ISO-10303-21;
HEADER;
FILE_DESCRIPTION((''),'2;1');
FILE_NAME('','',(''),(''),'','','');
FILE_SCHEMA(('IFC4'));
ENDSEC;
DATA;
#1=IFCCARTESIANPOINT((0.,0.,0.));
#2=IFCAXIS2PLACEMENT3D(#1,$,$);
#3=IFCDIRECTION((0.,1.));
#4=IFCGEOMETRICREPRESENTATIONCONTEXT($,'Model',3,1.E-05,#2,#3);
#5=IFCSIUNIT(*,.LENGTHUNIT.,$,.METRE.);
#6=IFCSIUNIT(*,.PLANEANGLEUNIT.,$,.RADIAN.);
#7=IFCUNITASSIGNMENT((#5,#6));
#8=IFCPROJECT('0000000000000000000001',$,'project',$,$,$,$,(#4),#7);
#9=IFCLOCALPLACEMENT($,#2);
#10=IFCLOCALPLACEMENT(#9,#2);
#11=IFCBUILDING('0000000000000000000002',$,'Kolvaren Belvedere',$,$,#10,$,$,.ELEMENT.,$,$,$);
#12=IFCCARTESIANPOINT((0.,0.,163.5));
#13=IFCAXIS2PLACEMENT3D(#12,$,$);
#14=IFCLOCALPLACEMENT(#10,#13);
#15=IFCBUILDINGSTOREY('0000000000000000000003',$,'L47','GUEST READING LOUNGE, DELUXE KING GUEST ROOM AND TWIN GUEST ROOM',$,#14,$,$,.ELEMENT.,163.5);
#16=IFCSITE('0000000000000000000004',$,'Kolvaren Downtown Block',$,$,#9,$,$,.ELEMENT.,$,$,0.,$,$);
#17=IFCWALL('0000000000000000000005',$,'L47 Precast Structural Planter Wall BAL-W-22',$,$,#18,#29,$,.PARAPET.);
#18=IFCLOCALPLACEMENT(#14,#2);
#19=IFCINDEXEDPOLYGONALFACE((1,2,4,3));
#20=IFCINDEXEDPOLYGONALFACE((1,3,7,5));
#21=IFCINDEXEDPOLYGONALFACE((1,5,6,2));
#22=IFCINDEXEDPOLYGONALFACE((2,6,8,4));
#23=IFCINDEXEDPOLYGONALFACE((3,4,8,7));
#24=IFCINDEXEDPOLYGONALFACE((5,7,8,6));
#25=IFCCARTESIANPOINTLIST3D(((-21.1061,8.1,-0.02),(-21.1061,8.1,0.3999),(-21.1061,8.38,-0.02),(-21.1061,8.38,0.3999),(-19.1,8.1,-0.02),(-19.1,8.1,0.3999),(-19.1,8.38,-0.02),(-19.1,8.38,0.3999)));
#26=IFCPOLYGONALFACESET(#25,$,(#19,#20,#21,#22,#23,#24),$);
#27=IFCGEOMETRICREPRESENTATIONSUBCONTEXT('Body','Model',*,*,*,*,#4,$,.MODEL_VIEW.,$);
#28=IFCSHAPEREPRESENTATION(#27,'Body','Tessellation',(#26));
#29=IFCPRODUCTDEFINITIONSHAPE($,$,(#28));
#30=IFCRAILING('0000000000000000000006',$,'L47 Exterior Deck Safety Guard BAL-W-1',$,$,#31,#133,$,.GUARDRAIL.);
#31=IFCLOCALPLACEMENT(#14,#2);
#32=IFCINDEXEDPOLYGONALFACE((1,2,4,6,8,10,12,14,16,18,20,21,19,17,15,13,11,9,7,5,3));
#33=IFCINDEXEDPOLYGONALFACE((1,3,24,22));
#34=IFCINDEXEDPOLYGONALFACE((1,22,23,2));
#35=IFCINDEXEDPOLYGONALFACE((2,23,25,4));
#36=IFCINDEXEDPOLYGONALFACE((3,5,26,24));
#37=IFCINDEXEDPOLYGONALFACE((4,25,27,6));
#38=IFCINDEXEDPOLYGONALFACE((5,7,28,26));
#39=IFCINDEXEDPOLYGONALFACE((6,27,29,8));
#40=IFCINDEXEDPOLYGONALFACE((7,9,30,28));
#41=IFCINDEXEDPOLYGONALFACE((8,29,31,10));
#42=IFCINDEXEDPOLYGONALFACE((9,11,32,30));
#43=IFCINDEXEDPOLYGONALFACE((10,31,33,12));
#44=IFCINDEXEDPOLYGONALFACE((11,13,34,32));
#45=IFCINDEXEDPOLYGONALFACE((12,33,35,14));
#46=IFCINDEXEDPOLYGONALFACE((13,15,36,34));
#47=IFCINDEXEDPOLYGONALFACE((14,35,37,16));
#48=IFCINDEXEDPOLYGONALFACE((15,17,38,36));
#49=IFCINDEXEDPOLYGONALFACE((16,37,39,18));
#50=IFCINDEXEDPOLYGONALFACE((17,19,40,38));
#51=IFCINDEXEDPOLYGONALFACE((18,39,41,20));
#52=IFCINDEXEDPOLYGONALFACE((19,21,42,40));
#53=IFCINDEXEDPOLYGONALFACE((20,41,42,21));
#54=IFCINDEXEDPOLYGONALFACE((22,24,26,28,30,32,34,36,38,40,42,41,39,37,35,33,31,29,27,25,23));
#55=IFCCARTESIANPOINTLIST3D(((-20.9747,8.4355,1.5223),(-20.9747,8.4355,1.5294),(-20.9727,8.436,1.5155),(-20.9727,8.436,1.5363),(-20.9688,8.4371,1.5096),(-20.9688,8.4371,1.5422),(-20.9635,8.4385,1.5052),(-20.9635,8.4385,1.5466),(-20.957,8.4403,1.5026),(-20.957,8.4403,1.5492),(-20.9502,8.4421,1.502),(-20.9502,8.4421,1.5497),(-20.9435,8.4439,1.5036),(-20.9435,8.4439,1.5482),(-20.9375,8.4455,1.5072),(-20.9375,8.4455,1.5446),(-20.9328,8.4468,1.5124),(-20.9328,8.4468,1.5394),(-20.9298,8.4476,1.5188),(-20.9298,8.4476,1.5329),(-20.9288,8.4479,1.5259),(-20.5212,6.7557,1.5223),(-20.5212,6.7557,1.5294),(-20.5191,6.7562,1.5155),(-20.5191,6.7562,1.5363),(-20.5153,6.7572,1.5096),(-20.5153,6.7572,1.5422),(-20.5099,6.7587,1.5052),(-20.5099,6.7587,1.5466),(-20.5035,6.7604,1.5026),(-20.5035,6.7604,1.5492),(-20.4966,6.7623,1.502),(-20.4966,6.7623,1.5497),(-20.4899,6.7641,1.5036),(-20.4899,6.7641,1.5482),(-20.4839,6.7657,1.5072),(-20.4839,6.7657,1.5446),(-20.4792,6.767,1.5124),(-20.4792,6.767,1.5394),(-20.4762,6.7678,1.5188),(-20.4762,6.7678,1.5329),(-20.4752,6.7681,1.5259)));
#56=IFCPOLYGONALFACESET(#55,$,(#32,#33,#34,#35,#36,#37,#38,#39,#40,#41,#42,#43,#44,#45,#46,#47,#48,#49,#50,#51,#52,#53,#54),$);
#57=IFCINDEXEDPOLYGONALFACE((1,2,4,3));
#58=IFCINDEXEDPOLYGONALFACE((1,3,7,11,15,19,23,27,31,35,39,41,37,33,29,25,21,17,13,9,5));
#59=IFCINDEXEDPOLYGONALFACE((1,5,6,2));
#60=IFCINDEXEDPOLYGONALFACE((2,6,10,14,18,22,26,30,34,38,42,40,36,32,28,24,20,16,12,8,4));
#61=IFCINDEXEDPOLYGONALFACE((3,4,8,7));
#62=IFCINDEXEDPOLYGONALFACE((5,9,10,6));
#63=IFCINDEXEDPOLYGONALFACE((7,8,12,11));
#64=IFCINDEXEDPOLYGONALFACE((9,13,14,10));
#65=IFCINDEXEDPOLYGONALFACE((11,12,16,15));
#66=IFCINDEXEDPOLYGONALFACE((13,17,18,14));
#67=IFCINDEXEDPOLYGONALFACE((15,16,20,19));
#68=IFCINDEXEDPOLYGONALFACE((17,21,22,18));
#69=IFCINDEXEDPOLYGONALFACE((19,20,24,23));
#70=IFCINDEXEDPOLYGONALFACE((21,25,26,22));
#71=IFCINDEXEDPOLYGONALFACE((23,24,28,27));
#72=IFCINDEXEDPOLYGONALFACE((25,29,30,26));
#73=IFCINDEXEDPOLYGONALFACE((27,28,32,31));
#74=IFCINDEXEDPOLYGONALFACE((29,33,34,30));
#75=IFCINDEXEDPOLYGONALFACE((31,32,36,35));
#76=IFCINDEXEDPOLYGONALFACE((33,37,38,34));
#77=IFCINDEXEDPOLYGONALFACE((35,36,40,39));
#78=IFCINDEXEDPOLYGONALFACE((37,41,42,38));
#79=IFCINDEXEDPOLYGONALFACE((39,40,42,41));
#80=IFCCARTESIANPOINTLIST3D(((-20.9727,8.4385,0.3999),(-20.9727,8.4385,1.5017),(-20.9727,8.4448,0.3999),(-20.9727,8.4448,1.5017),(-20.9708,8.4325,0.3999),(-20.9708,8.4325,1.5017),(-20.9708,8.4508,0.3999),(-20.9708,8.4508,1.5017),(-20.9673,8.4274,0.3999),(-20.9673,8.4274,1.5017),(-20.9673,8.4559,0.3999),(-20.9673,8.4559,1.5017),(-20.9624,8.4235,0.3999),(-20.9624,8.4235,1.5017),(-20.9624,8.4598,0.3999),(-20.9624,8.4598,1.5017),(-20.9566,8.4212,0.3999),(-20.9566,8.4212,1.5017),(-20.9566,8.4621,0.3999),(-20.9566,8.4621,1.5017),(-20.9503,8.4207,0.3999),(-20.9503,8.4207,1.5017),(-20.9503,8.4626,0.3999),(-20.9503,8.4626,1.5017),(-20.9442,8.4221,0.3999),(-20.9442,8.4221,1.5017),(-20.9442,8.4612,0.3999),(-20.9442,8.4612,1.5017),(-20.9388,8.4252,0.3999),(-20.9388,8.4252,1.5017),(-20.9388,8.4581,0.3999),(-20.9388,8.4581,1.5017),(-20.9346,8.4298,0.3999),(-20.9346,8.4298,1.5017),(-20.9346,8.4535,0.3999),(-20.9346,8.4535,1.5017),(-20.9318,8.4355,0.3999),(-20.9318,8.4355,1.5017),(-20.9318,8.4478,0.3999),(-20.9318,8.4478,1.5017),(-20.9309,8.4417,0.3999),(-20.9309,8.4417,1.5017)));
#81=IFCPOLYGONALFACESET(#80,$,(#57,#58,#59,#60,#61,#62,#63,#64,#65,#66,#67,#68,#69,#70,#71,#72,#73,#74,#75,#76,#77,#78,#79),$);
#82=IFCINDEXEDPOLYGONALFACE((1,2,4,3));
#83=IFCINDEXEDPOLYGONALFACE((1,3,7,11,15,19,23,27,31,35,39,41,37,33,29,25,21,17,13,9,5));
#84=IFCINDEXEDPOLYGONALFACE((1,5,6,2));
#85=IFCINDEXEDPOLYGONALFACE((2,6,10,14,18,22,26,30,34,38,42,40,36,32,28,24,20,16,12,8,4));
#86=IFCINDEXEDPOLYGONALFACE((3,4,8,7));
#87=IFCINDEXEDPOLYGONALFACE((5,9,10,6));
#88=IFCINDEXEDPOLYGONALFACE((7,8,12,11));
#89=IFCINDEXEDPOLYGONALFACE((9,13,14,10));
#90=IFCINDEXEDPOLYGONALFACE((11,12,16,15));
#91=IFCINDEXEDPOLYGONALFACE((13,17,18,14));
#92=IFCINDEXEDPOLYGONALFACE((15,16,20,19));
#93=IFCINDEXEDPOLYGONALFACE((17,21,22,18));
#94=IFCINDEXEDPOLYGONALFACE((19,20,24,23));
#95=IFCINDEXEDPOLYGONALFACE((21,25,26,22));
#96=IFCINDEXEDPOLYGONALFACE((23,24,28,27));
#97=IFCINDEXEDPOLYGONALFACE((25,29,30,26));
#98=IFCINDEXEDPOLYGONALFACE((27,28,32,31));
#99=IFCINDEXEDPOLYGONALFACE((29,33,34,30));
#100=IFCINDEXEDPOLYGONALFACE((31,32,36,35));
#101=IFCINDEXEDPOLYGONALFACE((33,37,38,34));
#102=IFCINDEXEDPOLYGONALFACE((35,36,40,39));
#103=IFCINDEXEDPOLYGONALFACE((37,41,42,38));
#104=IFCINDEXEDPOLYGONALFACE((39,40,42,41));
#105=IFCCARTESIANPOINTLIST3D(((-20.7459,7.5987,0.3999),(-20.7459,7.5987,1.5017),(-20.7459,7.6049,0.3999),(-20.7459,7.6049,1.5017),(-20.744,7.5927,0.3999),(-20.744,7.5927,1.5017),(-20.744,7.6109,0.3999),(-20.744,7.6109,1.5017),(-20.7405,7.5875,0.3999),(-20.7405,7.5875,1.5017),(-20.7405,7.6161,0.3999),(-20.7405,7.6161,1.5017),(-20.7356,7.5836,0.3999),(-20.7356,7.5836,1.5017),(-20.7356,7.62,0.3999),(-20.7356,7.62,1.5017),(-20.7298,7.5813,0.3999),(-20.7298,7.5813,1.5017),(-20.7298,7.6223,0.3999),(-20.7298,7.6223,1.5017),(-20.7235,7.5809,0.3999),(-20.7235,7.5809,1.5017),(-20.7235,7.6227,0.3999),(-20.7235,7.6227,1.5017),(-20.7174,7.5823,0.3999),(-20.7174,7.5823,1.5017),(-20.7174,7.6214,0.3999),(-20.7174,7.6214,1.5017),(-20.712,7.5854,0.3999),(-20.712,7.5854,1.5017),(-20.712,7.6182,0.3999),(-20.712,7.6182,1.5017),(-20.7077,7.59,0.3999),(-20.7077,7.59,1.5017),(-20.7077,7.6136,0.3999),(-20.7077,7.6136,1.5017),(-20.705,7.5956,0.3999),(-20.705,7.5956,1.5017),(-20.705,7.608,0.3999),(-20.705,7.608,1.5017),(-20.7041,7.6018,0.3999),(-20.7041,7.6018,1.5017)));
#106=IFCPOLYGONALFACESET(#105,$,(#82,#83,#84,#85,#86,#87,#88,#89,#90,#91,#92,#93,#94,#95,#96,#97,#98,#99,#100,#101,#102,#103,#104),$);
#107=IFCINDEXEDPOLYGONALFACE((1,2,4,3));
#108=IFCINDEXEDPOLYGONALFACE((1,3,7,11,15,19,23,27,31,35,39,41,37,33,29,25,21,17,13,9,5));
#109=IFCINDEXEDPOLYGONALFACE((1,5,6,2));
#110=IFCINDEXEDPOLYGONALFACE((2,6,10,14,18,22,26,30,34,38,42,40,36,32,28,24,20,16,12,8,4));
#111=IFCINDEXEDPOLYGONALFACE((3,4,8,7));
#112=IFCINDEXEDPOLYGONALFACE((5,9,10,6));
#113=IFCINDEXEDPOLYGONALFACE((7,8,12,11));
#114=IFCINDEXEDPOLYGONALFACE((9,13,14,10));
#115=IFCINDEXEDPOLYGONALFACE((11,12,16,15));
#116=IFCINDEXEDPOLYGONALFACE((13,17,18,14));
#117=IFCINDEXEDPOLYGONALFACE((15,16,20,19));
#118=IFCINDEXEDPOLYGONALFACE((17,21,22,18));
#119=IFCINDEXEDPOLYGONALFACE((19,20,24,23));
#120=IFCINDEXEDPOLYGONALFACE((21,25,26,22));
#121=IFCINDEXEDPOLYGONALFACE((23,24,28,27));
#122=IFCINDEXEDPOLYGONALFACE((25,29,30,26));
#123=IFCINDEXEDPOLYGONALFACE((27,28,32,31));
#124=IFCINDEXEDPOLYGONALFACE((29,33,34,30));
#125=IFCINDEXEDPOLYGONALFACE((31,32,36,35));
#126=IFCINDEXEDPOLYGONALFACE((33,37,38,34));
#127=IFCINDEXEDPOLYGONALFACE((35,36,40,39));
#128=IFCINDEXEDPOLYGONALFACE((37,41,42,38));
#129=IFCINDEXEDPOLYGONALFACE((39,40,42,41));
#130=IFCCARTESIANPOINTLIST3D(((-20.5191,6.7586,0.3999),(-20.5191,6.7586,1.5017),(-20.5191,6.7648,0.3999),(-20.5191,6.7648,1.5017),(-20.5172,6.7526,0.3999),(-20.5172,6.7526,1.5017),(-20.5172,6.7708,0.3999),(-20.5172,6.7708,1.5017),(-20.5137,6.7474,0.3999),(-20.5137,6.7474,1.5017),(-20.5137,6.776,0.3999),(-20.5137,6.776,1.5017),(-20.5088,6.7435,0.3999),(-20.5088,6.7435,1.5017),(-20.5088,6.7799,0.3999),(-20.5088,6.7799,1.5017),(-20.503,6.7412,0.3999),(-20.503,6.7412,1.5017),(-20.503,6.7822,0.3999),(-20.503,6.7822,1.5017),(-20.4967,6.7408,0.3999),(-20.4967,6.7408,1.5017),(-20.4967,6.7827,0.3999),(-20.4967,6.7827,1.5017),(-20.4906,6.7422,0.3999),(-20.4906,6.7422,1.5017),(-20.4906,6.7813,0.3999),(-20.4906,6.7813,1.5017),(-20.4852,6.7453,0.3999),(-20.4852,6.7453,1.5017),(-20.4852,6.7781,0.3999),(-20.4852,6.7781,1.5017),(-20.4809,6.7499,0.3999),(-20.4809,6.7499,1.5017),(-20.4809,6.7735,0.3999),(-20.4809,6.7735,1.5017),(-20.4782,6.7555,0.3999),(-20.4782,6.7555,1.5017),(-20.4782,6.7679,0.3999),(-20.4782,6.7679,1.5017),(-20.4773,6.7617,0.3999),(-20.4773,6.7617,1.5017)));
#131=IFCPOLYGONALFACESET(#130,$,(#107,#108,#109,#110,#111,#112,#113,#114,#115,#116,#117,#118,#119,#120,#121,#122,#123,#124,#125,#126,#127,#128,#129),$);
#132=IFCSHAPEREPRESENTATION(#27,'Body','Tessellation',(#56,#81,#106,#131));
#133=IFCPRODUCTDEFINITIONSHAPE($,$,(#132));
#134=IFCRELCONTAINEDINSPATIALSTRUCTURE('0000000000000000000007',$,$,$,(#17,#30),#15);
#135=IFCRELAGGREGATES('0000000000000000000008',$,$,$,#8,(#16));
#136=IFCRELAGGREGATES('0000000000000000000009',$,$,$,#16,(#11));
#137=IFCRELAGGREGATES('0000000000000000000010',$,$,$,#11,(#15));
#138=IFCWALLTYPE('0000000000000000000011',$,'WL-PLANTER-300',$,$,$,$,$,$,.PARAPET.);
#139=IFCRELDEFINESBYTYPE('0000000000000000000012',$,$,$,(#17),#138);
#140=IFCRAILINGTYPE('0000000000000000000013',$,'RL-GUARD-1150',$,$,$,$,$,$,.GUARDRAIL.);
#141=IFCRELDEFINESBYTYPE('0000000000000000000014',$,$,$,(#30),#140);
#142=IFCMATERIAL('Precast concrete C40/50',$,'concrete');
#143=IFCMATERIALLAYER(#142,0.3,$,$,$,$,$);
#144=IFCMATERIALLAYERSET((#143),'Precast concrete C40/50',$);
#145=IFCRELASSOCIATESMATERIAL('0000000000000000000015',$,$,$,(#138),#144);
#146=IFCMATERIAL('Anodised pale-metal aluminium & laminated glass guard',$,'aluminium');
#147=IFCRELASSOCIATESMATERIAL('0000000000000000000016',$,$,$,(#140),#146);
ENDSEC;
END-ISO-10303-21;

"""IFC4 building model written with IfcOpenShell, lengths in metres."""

from ifc_helpers import new_model, si_unit, direction, frame, frame_2d, origin, origin_2d, place, context, subcontext, project, spatial, rectangle, circle, extrude, material, layer, layer_set, type_object, element, save


model = new_model("IFC4")

# Units and contexts
model_context = context("Model", 3, precision=1e-05, world=origin(), true_north=direction((0.0, 1.0)))
body_context = subcontext(model_context, "Body", "Model", "MODEL_VIEW")
ifc_project = project(units=[si_unit("LENGTHUNIT", "METRE"), si_unit("PLANEANGLEUNIT", "RADIAN")], contexts=[model_context])

# Site, building, storey
site_placement = place(None, origin())
site = spatial("IfcSite", under=ifc_project, at=site_placement, Name="Kolvaren Downtown Block", CompositionType="ELEMENT", RefElevation=0.0)
building_placement = place(site_placement, origin())
building = spatial("IfcBuilding", under=site, at=building_placement, Name="Kolvaren Belvedere", CompositionType="ELEMENT")
storey_placement = place(building_placement, frame((0.0, 0.0, 163.5)))
storey = spatial("IfcBuildingStorey", under=building, at=storey_placement, Name="L47", Description="GUEST READING LOUNGE, DELUXE KING GUEST ROOM AND TWIN GUEST ROOM", CompositionType="ELEMENT", Elevation=163.5)

# Wall
ifc_material_1 = material(Name="Precast concrete C40/50", Category="concrete")
ifc_layer_1 = layer(ifc_material_1, 0.3)
ifc_layer_set_1 = layer_set([ifc_layer_1], Name="Precast concrete C40/50")
wall_type_1 = type_object("IfcWallType", Name="WL-PLANTER-300", PredefinedType="PARAPET", material=ifc_layer_set_1)
wall_1_placement = place(storey_placement, frame((-19.1001, 8.24, -0.02), z_axis=(0.0, 0.0, 1.0), x_axis=(-1.0, 0.0, 0.0)))
element("IfcWall", 1, at=wall_1_placement, inside=storey, type_object=wall_type_1, Name="L47 Precast Structural Planter Wall BAL-W-22", PredefinedType="PARAPET", context=body_context, shape_type="SweptSolid", body=[
    extrude(rectangle(XDim=2.0061, YDim=0.28, at=frame_2d((1.0029, 0.0))), origin(), (0.0, 0.0, 1.0), 0.4199),
])

# Railing
ifc_material_2 = material(Name="Anodised pale-metal aluminium & laminated glass guard", Category="aluminium")
railing_type = type_object("IfcRailingType", Name="RL-GUARD-1150", PredefinedType="GUARDRAIL", material=ifc_material_2)
railing_1_placement = place(storey_placement, frame((-20.9519, 8.4417, 0.3999)))
element("IfcRailing", 2, at=railing_1_placement, inside=storey, type_object=railing_type, Name="L47 Exterior Deck Safety Guard BAL-W-1", PredefinedType="GUARDRAIL", context=body_context, shape_type="SweptSolid", body=[
    extrude(circle(Radius=0.0239, at=origin_2d()), frame((0.0, 0.0, 1.126), z_axis=(0.260683, -0.965424, 0.0), x_axis=(0.965424, 0.260683, 0.0)), (0.0, 0.0, 1.0), 1.74),
    extrude(circle(Radius=0.021, at=origin_2d()), origin(), (0.0, 0.0, 1.0), 1.1018),
    extrude(circle(Radius=0.021, at=origin_2d()), frame((0.2268, -0.8398, 0.0)), (0.0, 0.0, 1.0), 1.1018),
    extrude(circle(Radius=0.021, at=origin_2d()), frame((0.4536, -1.6799, 0.0)), (0.0, 0.0, 1.0), 1.1018),
])

save(model, "model.ifc")
